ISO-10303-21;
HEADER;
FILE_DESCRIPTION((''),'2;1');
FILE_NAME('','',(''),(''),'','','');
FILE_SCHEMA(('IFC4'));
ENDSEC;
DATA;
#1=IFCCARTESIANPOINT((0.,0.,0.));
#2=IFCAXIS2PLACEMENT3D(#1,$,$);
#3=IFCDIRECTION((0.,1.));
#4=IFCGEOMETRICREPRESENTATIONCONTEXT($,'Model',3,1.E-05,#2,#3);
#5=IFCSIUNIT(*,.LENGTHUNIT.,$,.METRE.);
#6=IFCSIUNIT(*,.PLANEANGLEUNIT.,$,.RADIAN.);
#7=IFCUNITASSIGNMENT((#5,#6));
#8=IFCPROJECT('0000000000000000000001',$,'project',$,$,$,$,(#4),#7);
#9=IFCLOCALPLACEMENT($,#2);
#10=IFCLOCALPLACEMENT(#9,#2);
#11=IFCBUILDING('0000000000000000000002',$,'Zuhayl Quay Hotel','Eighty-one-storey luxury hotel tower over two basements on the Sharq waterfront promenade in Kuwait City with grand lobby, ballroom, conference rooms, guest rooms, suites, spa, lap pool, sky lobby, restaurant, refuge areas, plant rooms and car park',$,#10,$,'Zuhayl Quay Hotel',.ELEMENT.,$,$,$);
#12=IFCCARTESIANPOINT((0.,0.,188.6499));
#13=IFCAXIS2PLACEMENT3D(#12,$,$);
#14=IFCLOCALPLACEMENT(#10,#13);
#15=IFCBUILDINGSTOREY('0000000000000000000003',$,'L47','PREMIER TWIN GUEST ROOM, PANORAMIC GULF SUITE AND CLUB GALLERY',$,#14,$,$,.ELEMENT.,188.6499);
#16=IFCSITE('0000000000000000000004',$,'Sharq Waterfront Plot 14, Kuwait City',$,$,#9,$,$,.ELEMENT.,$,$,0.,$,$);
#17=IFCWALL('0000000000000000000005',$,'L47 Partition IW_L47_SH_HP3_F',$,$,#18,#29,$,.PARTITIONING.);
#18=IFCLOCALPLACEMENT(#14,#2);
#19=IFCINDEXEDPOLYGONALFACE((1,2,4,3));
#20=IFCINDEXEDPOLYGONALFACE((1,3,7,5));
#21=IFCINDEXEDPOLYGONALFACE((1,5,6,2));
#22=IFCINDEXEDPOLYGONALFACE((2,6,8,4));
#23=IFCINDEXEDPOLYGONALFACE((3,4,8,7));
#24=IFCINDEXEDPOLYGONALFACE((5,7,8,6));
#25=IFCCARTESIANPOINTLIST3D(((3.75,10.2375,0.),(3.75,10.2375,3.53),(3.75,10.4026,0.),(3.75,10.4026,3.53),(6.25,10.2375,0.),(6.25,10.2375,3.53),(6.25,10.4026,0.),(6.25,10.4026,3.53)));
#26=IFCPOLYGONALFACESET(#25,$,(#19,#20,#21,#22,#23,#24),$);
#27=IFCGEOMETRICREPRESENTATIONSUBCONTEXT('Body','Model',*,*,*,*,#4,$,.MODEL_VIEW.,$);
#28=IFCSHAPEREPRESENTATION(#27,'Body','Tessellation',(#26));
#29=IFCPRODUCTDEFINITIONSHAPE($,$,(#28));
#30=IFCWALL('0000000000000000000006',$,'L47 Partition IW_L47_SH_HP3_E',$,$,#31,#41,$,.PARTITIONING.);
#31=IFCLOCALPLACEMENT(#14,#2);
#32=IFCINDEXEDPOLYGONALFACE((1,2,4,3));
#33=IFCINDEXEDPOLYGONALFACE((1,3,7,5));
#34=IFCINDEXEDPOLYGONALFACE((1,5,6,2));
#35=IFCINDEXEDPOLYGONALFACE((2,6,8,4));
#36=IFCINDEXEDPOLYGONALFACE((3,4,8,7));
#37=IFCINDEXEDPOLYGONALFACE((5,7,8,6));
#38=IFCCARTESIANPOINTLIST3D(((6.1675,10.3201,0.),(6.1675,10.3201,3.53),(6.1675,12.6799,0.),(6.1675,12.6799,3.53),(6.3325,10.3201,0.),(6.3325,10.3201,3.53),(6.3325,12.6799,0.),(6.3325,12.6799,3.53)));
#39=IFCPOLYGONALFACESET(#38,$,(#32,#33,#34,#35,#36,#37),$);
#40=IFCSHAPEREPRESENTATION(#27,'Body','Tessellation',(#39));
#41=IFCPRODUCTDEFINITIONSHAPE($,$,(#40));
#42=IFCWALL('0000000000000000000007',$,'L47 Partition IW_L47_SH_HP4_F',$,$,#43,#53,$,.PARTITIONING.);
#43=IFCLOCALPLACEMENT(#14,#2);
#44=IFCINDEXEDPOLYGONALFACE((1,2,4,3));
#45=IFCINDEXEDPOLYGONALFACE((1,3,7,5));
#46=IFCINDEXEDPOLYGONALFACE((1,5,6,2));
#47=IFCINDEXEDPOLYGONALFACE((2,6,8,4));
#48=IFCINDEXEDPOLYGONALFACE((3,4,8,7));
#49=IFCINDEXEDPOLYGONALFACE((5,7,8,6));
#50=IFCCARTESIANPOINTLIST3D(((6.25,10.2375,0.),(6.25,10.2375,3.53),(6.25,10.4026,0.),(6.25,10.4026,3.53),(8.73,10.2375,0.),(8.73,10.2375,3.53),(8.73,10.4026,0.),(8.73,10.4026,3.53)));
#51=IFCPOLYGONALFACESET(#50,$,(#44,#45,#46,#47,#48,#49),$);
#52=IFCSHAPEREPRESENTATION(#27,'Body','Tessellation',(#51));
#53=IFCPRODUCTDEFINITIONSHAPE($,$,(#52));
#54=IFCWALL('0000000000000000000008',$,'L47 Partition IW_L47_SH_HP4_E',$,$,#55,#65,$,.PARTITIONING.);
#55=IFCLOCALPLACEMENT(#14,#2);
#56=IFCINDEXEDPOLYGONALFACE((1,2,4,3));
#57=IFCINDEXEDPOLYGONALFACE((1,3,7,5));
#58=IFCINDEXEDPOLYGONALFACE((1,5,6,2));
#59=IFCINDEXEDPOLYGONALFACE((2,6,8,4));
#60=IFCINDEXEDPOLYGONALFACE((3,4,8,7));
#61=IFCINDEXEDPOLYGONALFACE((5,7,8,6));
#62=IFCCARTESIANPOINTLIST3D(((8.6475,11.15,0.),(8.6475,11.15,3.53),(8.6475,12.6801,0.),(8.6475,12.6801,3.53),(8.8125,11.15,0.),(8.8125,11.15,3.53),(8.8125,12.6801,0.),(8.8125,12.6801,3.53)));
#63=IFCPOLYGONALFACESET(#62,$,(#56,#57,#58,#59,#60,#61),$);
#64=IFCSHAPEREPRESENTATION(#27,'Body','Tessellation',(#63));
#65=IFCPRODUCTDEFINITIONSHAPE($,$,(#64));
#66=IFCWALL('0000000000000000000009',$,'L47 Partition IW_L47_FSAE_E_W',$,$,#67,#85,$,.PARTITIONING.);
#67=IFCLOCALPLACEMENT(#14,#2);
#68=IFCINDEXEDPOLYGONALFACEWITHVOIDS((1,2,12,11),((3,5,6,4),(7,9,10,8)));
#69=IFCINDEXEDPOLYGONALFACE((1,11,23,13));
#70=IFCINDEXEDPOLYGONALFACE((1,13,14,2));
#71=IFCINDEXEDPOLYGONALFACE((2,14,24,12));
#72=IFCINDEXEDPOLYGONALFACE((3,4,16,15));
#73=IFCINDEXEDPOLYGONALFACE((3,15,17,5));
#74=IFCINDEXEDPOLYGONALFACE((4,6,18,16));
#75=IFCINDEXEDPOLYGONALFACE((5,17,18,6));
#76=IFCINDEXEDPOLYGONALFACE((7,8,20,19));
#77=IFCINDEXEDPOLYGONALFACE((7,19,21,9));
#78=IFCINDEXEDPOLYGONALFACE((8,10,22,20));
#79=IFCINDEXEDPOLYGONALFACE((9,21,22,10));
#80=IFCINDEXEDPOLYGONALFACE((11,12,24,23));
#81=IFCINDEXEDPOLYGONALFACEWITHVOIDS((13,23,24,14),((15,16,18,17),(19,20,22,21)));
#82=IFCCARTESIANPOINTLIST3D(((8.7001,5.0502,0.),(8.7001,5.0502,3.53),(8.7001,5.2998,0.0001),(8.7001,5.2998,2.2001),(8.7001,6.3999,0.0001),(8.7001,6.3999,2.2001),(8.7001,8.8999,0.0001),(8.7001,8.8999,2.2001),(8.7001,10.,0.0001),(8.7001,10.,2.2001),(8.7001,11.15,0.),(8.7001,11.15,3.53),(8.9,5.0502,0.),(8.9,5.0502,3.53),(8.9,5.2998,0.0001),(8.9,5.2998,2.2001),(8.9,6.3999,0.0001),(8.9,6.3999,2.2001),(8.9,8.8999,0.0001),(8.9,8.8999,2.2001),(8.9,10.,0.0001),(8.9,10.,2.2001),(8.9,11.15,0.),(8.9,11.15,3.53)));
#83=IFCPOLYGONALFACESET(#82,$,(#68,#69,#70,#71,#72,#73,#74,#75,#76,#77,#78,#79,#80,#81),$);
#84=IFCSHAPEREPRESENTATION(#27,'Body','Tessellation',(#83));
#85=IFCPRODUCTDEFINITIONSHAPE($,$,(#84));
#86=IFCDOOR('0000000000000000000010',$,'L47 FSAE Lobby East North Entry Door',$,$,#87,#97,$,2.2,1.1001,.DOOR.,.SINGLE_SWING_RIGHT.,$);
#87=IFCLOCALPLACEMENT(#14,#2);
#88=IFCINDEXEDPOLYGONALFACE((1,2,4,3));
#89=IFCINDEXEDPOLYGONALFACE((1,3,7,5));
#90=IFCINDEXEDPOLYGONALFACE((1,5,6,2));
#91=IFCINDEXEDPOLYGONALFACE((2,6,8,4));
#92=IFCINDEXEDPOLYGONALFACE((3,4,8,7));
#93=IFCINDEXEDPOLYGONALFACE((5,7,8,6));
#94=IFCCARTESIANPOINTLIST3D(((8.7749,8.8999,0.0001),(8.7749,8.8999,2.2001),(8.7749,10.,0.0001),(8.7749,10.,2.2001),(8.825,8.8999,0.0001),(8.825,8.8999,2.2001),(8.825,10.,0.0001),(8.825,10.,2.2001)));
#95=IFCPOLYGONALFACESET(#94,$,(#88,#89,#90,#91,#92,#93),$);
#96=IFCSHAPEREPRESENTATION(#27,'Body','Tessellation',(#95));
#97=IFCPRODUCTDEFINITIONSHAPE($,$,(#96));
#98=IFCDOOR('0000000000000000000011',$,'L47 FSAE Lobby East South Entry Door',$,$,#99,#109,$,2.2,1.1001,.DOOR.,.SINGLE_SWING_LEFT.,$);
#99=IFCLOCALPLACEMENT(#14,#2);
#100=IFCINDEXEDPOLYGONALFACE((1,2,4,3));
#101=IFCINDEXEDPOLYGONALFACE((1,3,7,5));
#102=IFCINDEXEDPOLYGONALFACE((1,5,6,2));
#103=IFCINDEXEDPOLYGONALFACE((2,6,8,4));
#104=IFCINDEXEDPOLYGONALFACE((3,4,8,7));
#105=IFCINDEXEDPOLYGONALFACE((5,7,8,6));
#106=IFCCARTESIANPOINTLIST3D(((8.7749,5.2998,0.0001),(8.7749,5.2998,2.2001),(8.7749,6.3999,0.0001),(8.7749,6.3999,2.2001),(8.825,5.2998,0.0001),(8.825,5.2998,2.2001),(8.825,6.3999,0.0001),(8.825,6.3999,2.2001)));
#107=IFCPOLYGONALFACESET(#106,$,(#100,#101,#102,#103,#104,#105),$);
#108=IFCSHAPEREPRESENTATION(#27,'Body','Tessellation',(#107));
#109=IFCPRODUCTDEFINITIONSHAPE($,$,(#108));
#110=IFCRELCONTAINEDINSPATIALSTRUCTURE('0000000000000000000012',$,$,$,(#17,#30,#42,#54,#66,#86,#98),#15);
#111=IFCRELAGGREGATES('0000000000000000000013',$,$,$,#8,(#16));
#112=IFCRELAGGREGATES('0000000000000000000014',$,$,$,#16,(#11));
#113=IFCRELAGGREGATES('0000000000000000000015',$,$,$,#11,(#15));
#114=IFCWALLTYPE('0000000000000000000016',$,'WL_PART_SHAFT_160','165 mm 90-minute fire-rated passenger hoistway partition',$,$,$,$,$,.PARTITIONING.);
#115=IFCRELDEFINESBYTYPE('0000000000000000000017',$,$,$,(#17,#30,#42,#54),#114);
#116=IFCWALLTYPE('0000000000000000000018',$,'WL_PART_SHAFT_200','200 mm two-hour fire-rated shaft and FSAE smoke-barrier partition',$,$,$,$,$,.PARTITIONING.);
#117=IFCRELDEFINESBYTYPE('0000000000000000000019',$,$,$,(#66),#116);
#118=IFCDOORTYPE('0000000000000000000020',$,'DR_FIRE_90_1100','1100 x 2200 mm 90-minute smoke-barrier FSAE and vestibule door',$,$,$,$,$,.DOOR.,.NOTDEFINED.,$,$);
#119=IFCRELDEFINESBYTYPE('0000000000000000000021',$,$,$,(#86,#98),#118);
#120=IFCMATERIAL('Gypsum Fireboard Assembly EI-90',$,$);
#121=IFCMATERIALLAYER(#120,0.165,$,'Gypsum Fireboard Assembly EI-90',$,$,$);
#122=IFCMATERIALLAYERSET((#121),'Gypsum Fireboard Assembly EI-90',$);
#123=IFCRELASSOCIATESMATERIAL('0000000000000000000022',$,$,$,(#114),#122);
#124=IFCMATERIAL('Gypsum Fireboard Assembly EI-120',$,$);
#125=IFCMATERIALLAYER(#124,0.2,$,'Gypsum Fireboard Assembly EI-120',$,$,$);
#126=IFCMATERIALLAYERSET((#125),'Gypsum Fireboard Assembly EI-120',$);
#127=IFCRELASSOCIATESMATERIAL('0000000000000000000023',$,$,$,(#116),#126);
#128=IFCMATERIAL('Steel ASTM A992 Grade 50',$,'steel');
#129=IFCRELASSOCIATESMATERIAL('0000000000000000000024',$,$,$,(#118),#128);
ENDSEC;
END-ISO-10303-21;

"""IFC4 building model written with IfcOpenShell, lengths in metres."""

from ifc_helpers import new_model, si_unit, direction, frame, frame_2d, origin, place, context, subcontext, project, spatial, rectangle, extrude, material, layer, layer_set, type_object, element, fill, save


model = new_model("IFC4")

# Units and contexts
model_context = context("Model", 3, precision=1e-05, world=origin(), true_north=direction((0.0, 1.0)))
body_context = subcontext(model_context, "Body", "Model", "MODEL_VIEW")
ifc_project = project(units=[si_unit("LENGTHUNIT", "METRE"), si_unit("PLANEANGLEUNIT", "RADIAN")], contexts=[model_context])

# Site, building, storey
site_placement = place(None, origin())
site = spatial("IfcSite", under=ifc_project, at=site_placement, Name="Sharq Waterfront Plot 14, Kuwait City", CompositionType="ELEMENT", RefElevation=0.0)
building_placement = place(site_placement, origin())
building = spatial("IfcBuilding", under=site, at=building_placement, Name="Zuhayl Quay Hotel", Description="Eighty-one-storey luxury hotel tower over two basements on the Sharq waterfront promenade in Kuwait City with grand lobby, ballroom, conference rooms, guest rooms, suites, spa, lap pool, sky lobby, restaurant, refuge areas, plant rooms and car park", LongName="Zuhayl Quay Hotel", CompositionType="ELEMENT")
storey_placement = place(building_placement, frame((0.0, 0.0, 188.6499)))
storey = spatial("IfcBuildingStorey", under=building, at=storey_placement, Name="L47", Description="PREMIER TWIN GUEST ROOM, PANORAMIC GULF SUITE AND CLUB GALLERY", CompositionType="ELEMENT", Elevation=188.6499)

# Shared definitions
ifc_material_1 = material(Name="Steel ASTM A992 Grade 50", Category="steel")

# Shared definitions
ifc_material_2 = material(Name="Gypsum Fireboard Assembly EI-90")
ifc_layer_1 = layer(ifc_material_2, 0.165, Name="Gypsum Fireboard Assembly EI-90")
ifc_layer_set_1 = layer_set([ifc_layer_1], Name="Gypsum Fireboard Assembly EI-90")
wall_type_1 = type_object("IfcWallType", Name="WL_PART_SHAFT_160", Description="165 mm 90-minute fire-rated passenger hoistway partition", PredefinedType="PARTITIONING", material=ifc_layer_set_1)

# Walls
wall_1_placement = place(storey_placement, frame((3.75, 10.3201, 0.0), z_axis=(0.0, 0.0, 1.0), x_axis=(1.0, 0.0, 0.0)))
element("IfcWall", 1, at=wall_1_placement, inside=storey, type_object=wall_type_1, Name="L47 Partition IW_L47_SH_HP3_F", PredefinedType="PARTITIONING", context=body_context, shape_type="SweptSolid", body=[
    extrude(rectangle(XDim=2.5, YDim=0.165, at=frame_2d((1.25, 0.0))), origin(), (0.0, 0.0, 1.0), 3.53),
])
wall_2_placement = place(storey_placement, frame((6.25, 10.3201, 0.0), z_axis=(0.0, 0.0, 1.0), x_axis=(0.0, 1.0, 0.0)))
element("IfcWall", 2, at=wall_2_placement, inside=storey, type_object=wall_type_1, Name="L47 Partition IW_L47_SH_HP3_E", PredefinedType="PARTITIONING", context=body_context, shape_type="SweptSolid", body=[
    extrude(rectangle(XDim=2.3599, YDim=0.165, at=frame_2d((1.1799, 0.0))), origin(), (0.0, 0.0, 1.0), 3.53),
])
wall_3_placement = place(storey_placement, frame((6.25, 10.3201, 0.0), z_axis=(0.0, 0.0, 1.0), x_axis=(1.0, 0.0, 0.0)))
element("IfcWall", 3, at=wall_3_placement, inside=storey, type_object=wall_type_1, Name="L47 Partition IW_L47_SH_HP4_F", PredefinedType="PARTITIONING", context=body_context, shape_type="SweptSolid", body=[
    extrude(rectangle(XDim=2.48, YDim=0.165, at=frame_2d((1.24, 0.0))), origin(), (0.0, 0.0, 1.0), 3.53),
])
wall_4_placement = place(storey_placement, frame((8.73, 11.1499, 0.0), z_axis=(0.0, 0.0, 1.0), x_axis=(0.0, 1.0, 0.0)))
element("IfcWall", 4, at=wall_4_placement, inside=storey, type_object=wall_type_1, Name="L47 Partition IW_L47_SH_HP4_E", PredefinedType="PARTITIONING", context=body_context, shape_type="SweptSolid", body=[
    extrude(rectangle(XDim=1.53, YDim=0.165, at=frame_2d((0.7651, 0.0))), origin(), (0.0, 0.0, 1.0), 3.53),
])

# Wall, openings, doors
ifc_material_3 = material(Name="Gypsum Fireboard Assembly EI-120")
ifc_layer_2 = layer(ifc_material_3, 0.2, Name="Gypsum Fireboard Assembly EI-120")
ifc_layer_set_2 = layer_set([ifc_layer_2], Name="Gypsum Fireboard Assembly EI-120")
wall_type_2 = type_object("IfcWallType", Name="WL_PART_SHAFT_200", Description="200 mm two-hour fire-rated shaft and FSAE smoke-barrier partition", PredefinedType="PARTITIONING", material=ifc_layer_set_2)
wall_5_placement = place(storey_placement, frame((8.8, 11.1499, 0.0), z_axis=(0.0, 0.0, 1.0), x_axis=(0.0, -1.0, 0.0)))
wall_5 = element("IfcWall", 5, at=wall_5_placement, inside=storey, type_object=wall_type_2, Name="L47 Partition IW_L47_FSAE_E_W", PredefinedType="PARTITIONING", context=body_context, shape_type="SweptSolid", body=[
    extrude(rectangle(XDim=6.0999, YDim=0.2, at=frame_2d((3.0498, 0.0))), origin(), (0.0, 0.0, 1.0), 3.53),
])
opening_1_placement = place(wall_5_placement, frame((1.1499, 0.0, 0.0)))
opening_1 = element("IfcOpeningElement", 6, at=opening_1_placement, cuts=wall_5, PredefinedType="OPENING", context=body_context, shape_type="SweptSolid", body=[
    extrude(rectangle(XDim=1.1001, YDim=2.2, at=frame_2d((0.55, 1.1001))), frame((0.0, 0.1099, 0.0), z_axis=(0.0, -1.0, 0.0), x_axis=(1.0, 0.0, 0.0)), (0.0, 0.0, 1.0), 0.22),
])
opening_2_placement = place(wall_5_placement, frame((4.75, 0.0, 0.0)))
opening_2 = element("IfcOpeningElement", 7, at=opening_2_placement, cuts=wall_5, PredefinedType="OPENING", context=body_context, shape_type="SweptSolid", body=[
    extrude(rectangle(XDim=1.1001, YDim=2.2, at=frame_2d((0.55, 1.1001))), frame((0.0, 0.1099, 0.0), z_axis=(0.0, -1.0, 0.0), x_axis=(1.0, 0.0, 0.0)), (0.0, 0.0, 1.0), 0.22),
])
door_type_1 = type_object("IfcDoorType", Name="DR_FIRE_90_1100", Description="1100 x 2200 mm 90-minute smoke-barrier FSAE and vestibule door", OperationType="NOTDEFINED", PredefinedType="DOOR", material=ifc_material_1)
door_1_placement = place(opening_1_placement, origin())
door_1 = element("IfcDoor", 8, at=door_1_placement, inside=storey, type_object=door_type_1, Name="L47 FSAE Lobby East North Entry Door", OperationType="SINGLE_SWING_RIGHT", OverallHeight=2.2, OverallWidth=1.1001, PredefinedType="DOOR", context=body_context, shape_type="SweptSolid", body=[
    extrude(rectangle(XDim=1.1001, YDim=2.2, at=frame_2d((0.55, 1.1001))), frame((0.0, 0.0249, 0.0), z_axis=(0.0, -1.0, 0.0), x_axis=(1.0, 0.0, 0.0)), (0.0, 0.0, 1.0), 0.05),
])
fill(opening_1, door_1)
door_2_placement = place(opening_2_placement, origin())
door_2 = element("IfcDoor", 9, at=door_2_placement, inside=storey, type_object=door_type_1, Name="L47 FSAE Lobby East South Entry Door", OperationType="SINGLE_SWING_LEFT", OverallHeight=2.2, OverallWidth=1.1001, PredefinedType="DOOR", context=body_context, shape_type="SweptSolid", body=[
    extrude(rectangle(XDim=1.1001, YDim=2.2, at=frame_2d((0.55, 1.1001))), frame((0.0, 0.0249, 0.0), z_axis=(0.0, -1.0, 0.0), x_axis=(1.0, 0.0, 0.0)), (0.0, 0.0, 1.0), 0.05),
])
fill(opening_2, door_2)

save(model, "model.ifc")
